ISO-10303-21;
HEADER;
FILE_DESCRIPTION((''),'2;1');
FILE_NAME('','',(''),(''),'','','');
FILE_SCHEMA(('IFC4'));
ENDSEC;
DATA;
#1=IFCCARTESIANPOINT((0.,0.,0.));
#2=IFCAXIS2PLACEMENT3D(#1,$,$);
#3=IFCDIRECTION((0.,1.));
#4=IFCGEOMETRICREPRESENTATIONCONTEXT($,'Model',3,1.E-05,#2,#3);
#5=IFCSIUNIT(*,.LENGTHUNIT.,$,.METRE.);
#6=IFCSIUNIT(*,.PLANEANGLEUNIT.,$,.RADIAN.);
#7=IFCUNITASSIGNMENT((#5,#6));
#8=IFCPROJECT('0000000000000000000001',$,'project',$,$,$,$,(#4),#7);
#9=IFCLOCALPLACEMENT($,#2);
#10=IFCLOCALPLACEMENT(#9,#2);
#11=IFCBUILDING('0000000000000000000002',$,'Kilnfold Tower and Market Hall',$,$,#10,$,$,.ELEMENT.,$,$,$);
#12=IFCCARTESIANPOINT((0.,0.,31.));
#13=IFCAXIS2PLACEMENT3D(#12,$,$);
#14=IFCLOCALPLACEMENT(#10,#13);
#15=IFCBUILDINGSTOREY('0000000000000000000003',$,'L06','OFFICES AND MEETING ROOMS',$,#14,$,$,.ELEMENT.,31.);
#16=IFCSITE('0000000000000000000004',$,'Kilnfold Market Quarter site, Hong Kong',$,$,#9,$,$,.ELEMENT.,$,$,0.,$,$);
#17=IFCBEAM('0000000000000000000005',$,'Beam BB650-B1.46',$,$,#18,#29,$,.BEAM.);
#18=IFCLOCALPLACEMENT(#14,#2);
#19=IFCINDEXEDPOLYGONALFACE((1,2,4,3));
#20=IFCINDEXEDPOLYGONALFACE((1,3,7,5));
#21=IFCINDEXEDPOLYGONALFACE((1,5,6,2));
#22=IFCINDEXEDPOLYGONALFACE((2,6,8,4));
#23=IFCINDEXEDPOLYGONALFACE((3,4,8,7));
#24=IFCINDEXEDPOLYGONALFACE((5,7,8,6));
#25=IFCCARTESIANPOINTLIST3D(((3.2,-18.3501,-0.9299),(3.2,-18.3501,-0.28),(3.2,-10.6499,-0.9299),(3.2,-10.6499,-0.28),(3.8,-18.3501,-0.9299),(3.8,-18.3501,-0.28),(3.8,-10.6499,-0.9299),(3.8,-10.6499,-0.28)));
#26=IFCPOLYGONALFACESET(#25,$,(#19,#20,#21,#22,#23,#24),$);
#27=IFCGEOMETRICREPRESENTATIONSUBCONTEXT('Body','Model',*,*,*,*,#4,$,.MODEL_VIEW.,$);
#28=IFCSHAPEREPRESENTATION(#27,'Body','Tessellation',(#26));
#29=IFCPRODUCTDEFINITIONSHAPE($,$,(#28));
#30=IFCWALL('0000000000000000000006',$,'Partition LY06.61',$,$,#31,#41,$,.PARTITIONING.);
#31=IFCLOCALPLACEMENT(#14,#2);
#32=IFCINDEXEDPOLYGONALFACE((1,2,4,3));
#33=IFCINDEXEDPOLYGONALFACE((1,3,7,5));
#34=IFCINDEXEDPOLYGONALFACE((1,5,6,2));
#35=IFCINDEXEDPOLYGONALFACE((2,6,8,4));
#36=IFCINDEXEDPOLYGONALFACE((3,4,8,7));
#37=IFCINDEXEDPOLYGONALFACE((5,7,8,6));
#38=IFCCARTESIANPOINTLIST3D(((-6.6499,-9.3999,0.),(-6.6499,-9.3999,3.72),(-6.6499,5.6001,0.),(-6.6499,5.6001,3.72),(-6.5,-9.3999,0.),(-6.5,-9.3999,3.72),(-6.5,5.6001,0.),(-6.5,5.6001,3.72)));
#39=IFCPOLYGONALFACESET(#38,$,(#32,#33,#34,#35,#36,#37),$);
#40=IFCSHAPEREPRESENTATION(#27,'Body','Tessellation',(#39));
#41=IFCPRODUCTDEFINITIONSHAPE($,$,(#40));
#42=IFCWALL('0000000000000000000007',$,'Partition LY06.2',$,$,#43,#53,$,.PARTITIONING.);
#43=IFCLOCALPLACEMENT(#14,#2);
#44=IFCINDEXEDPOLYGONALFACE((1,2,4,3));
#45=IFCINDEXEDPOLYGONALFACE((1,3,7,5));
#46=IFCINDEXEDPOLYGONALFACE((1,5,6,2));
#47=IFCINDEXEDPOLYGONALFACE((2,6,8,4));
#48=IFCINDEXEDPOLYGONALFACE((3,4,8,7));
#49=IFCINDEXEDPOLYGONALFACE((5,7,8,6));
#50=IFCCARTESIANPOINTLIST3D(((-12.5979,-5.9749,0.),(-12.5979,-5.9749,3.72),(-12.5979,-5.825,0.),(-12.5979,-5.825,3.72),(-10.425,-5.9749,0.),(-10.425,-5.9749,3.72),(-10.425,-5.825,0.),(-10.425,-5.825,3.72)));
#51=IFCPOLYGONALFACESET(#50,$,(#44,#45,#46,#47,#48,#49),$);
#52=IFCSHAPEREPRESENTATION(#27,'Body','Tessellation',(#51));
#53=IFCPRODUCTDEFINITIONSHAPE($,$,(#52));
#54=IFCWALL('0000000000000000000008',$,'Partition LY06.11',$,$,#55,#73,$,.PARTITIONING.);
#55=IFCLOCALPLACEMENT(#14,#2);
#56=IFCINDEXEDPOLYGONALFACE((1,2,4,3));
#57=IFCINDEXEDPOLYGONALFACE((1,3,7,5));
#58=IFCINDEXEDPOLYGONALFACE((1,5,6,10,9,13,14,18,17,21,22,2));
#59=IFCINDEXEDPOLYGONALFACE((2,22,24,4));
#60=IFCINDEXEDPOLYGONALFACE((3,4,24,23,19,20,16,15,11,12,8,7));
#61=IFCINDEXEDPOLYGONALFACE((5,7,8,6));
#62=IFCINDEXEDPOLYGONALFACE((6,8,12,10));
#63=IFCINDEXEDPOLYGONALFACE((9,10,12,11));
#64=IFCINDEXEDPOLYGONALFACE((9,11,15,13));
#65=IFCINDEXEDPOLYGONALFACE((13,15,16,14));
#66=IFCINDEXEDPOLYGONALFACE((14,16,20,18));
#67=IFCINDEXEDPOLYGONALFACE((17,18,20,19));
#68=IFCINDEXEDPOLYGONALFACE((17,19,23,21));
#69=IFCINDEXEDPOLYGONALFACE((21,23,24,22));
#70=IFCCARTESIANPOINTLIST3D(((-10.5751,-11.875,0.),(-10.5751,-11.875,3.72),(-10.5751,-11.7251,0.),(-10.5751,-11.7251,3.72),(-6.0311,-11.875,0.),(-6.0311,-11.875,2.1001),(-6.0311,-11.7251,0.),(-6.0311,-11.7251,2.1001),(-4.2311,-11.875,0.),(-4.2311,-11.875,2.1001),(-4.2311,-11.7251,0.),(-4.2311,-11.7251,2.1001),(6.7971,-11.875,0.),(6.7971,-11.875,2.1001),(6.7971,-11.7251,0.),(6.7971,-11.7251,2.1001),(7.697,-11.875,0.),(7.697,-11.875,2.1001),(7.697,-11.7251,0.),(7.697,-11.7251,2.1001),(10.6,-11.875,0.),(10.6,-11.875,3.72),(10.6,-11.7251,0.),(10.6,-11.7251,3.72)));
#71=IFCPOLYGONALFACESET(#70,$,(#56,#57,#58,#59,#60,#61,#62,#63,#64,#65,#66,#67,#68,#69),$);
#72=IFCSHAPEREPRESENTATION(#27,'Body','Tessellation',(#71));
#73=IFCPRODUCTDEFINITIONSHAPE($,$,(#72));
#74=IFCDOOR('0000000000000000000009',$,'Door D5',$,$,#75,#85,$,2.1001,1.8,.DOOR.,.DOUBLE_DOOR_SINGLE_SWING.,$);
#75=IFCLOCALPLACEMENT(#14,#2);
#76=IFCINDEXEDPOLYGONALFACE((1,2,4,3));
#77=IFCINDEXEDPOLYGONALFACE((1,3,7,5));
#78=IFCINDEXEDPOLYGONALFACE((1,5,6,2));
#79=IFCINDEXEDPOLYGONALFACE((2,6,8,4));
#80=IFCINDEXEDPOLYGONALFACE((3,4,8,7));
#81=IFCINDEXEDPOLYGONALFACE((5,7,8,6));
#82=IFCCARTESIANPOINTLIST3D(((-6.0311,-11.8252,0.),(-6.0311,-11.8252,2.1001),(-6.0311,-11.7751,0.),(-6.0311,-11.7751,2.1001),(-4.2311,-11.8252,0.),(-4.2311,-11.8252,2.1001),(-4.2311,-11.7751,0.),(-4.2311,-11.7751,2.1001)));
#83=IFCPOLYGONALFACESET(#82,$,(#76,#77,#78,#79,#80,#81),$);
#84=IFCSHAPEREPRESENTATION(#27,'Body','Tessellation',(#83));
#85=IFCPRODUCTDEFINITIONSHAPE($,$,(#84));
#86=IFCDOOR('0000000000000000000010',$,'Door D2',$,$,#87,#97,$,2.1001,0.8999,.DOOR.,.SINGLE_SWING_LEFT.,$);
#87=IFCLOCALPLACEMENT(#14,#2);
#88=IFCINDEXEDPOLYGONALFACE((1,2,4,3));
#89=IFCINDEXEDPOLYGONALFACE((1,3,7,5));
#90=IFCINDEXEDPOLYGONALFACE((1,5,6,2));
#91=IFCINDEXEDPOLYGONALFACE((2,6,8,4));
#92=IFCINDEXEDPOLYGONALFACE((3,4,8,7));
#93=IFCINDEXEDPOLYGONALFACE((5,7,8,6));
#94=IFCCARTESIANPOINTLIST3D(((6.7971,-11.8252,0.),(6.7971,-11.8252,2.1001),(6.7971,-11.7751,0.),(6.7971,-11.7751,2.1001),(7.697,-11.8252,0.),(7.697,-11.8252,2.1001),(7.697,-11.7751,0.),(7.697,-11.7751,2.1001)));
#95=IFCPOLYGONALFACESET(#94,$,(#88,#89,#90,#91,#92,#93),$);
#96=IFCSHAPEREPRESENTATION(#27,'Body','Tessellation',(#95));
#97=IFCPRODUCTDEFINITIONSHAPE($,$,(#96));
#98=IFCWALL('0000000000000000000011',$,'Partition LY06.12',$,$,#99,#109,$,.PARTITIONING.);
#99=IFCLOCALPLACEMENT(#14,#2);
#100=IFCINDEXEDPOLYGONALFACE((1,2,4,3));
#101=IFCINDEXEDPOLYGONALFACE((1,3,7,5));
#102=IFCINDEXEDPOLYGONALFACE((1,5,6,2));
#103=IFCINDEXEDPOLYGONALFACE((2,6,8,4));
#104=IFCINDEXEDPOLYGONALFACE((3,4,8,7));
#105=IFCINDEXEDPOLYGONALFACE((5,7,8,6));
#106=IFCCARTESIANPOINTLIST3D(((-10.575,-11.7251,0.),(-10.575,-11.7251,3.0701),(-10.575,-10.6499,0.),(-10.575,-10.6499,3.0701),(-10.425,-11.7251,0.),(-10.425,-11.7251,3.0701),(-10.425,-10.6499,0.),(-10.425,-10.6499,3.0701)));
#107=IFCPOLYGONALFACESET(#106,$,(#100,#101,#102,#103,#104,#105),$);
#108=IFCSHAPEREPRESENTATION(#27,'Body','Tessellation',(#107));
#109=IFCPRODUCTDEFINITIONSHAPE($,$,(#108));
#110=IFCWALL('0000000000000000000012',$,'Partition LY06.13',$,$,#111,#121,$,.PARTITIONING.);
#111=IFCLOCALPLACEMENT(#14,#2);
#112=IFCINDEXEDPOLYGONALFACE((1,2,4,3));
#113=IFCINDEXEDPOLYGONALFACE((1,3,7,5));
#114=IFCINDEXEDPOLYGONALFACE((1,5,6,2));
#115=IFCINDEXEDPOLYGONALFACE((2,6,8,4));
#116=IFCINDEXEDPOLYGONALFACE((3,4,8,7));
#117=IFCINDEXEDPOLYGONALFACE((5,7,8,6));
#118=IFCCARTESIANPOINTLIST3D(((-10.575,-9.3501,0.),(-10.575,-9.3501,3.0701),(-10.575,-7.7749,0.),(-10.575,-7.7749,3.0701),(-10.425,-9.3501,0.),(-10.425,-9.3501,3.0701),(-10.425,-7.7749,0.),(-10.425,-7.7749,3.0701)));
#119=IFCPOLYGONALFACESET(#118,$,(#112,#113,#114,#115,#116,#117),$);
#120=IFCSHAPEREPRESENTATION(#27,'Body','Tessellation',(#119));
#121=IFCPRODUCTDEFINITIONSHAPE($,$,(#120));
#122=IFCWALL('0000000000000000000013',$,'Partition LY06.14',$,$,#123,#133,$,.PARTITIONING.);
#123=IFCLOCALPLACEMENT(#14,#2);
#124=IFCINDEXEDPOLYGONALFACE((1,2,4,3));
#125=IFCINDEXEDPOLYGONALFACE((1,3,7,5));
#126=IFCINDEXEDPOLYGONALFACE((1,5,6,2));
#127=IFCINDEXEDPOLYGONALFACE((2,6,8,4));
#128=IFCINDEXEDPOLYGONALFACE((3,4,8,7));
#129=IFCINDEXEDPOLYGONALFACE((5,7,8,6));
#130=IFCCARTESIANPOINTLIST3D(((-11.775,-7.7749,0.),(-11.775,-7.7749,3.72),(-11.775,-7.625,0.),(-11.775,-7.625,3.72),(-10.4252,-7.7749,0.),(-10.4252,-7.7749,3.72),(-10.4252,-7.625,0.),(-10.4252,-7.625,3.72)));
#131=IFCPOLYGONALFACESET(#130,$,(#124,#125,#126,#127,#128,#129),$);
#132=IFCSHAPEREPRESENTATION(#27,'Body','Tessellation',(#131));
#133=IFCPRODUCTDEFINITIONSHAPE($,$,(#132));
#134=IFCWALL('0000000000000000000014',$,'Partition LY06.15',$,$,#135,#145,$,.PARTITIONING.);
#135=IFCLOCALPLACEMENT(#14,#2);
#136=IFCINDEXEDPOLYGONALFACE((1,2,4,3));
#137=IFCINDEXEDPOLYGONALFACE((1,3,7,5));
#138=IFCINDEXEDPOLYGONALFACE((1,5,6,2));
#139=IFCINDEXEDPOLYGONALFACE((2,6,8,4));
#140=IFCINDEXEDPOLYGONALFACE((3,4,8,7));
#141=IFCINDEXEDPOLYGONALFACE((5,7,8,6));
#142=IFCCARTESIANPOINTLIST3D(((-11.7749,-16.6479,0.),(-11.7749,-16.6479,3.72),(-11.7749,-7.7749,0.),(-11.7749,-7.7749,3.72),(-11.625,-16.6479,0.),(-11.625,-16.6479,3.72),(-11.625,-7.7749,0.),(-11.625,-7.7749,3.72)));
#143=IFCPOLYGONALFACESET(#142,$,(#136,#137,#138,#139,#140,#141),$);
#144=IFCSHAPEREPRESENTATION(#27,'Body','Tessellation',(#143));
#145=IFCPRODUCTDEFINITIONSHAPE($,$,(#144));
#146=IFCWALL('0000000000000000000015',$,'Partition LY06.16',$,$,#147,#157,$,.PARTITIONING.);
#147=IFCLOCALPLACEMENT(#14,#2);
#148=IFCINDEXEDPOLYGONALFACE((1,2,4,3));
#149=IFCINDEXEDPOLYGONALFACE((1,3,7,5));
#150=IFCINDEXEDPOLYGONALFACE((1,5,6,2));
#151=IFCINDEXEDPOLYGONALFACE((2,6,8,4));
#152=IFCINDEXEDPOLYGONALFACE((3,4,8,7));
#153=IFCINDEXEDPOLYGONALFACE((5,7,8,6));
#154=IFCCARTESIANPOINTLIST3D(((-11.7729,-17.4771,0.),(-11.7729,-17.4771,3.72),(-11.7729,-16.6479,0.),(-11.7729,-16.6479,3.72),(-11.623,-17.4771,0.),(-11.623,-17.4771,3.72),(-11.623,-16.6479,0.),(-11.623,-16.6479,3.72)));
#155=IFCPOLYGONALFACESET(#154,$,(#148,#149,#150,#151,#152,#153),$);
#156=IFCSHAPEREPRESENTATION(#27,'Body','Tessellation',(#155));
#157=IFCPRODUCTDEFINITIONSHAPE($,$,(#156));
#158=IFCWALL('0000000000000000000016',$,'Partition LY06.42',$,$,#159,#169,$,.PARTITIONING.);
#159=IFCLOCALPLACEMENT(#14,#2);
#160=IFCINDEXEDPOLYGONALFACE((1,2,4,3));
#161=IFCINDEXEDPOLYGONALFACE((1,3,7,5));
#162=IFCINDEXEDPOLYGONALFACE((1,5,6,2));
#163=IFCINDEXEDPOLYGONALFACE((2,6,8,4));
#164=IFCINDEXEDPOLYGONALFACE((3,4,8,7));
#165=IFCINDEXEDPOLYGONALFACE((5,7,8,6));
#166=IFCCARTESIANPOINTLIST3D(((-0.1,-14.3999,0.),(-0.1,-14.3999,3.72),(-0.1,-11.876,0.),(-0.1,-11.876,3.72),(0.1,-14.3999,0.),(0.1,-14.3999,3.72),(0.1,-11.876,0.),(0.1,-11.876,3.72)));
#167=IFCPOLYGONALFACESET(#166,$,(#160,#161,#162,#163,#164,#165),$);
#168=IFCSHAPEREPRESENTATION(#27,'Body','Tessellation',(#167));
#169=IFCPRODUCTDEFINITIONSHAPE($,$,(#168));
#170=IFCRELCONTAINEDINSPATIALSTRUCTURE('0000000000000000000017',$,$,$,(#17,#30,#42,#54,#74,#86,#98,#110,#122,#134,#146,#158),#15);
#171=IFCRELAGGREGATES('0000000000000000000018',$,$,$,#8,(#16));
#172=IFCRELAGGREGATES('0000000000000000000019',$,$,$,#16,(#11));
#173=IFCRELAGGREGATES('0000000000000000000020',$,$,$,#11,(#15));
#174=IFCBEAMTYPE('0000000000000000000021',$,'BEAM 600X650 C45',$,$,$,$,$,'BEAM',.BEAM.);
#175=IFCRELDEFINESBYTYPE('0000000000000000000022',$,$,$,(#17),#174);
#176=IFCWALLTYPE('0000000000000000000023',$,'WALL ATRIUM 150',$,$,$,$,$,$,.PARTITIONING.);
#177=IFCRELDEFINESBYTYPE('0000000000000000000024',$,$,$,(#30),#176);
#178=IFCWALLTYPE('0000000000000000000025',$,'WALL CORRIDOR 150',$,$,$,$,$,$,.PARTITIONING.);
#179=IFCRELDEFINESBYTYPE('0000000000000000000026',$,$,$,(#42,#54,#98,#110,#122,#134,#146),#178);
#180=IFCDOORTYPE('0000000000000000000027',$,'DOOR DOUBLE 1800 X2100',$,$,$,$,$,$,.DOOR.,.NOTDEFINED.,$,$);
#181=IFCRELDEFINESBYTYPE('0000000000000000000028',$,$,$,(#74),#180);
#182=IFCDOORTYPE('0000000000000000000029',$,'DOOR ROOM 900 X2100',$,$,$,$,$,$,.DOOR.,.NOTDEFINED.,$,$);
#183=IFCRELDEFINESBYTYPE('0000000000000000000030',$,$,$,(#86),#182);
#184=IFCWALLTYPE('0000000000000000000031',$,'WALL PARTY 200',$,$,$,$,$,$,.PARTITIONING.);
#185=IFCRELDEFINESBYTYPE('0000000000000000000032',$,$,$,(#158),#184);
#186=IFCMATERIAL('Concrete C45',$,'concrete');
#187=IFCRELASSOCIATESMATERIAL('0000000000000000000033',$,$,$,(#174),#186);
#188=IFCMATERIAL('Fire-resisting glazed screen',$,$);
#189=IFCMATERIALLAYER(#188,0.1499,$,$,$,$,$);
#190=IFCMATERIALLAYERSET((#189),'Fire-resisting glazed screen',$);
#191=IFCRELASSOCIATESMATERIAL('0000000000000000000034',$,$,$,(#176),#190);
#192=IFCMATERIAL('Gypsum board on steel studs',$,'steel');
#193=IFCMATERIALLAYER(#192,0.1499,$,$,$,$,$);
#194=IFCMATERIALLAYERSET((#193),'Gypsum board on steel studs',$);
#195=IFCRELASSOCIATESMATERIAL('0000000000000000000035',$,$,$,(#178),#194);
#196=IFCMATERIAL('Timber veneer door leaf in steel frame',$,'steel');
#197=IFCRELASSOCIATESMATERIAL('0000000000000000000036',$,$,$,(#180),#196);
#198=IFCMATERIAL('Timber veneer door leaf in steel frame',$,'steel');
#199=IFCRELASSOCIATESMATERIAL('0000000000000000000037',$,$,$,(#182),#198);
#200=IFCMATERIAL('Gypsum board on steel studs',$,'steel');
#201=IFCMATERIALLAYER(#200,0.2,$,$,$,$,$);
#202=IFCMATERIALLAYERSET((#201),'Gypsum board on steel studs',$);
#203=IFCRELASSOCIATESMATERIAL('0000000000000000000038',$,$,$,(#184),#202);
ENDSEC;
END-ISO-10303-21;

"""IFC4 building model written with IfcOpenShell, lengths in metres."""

from ifc_helpers import new_model, si_unit, direction, frame, frame_2d, origin, origin_2d, place, context, subcontext, project, spatial, rectangle, extrude, source, transform, mapped, material, layer, layer_set, material_profile, profile_set, type_object, element, fill, save


model = new_model("IFC4")

# Units and contexts
model_context = context("Model", 3, precision=1e-05, world=origin(), true_north=direction((0.0, 1.0)))
body_context = subcontext(model_context, "Body", "Model", "MODEL_VIEW")
ifc_project = project(units=[si_unit("LENGTHUNIT", "METRE"), si_unit("PLANEANGLEUNIT", "RADIAN")], contexts=[model_context])

# Site, building, storey
site_placement = place(None, origin())
site = spatial("IfcSite", under=ifc_project, at=site_placement, Name="Kilnfold Market Quarter site, Hong Kong", CompositionType="ELEMENT", RefElevation=0.0)
building_placement = place(site_placement, origin())
building = spatial("IfcBuilding", under=site, at=building_placement, Name="Kilnfold Tower and Market Hall", CompositionType="ELEMENT")
storey_placement = place(building_placement, frame((0.0, 0.0, 31.0)))
storey = spatial("IfcBuildingStorey", under=building, at=storey_placement, Name="L06", Description="OFFICES AND MEETING ROOMS", CompositionType="ELEMENT", Elevation=31.0)

# Beam
ifc_material_1 = material(Name="Concrete C45", Category="concrete")
ifc_material_profile_1 = material_profile(ifc_material_1, rectangle(XDim=0.6001, YDim=0.6499, at=origin_2d()), Name="RC 600x650")
ifc_profile_set_1 = profile_set([ifc_material_profile_1], Name="Concrete C45")
beam_type_1 = type_object("IfcBeamType", Name="BEAM 600X650 C45", ElementType="BEAM", PredefinedType="BEAM", material=ifc_profile_set_1)
shared_shape_1 = source(origin(), body_context, "Body", "SweptSolid", [
    extrude(rectangle(XDim=0.6001, YDim=0.6499, at=origin_2d()), origin(), (0.0, 0.0, 1.0), 7.7002),
])
for number, where, z_axis, x_axis, name in (
    (1, (3.5, -18.3501, -0.605), (0.0, 1.0, 0.0), (-1.0, 0.0, 0.0), "Beam BB650-B1.46"),
):
    element("IfcBeam", number, at=place(storey_placement, frame(where, z_axis=z_axis, x_axis=x_axis)), inside=storey, type_object=beam_type_1, Name=name, PredefinedType="BEAM", context=body_context, shape_type="MappedRepresentation", body=[
        mapped(shared_shape_1, transform((0.0, 0.0, 0.0))),
    ])

# Walls
ifc_material_2 = material(Name="Fire-resisting glazed screen")
ifc_layer_1 = layer(ifc_material_2, 0.1499)
ifc_layer_set_1 = layer_set([ifc_layer_1], Name="Fire-resisting glazed screen")
wall_type_1 = type_object("IfcWallType", Name="WALL ATRIUM 150", PredefinedType="PARTITIONING", material=ifc_layer_set_1)
wall_1_placement = place(storey_placement, frame((-6.575, -9.3999, 0.0), z_axis=(0.0, 0.0, 1.0), x_axis=(0.0, 1.0, 0.0)))
element("IfcWall", 2, at=wall_1_placement, inside=storey, type_object=wall_type_1, Name="Partition LY06.61", PredefinedType="PARTITIONING", context=body_context, shape_type="SweptSolid", body=[
    extrude(rectangle(XDim=15.0, YDim=0.1499, at=frame_2d((7.5, 0.0))), origin(), (0.0, 0.0, 1.0), 3.72),
])
ifc_material_3 = material(Name="Gypsum board on steel studs", Category="steel")
ifc_layer_2 = layer(ifc_material_3, 0.1499)
ifc_layer_set_2 = layer_set([ifc_layer_2], Name="Gypsum board on steel studs")
wall_type_2 = type_object("IfcWallType", Name="WALL CORRIDOR 150", PredefinedType="PARTITIONING", material=ifc_layer_set_2)
wall_2_placement = place(storey_placement, frame((-10.425, -5.8999, 0.0), z_axis=(0.0, 0.0, 1.0), x_axis=(-1.0, 0.0, 0.0)))
element("IfcWall", 3, at=wall_2_placement, inside=storey, type_object=wall_type_2, Name="Partition LY06.2", PredefinedType="PARTITIONING", context=body_context, shape_type="SweptSolid", body=[
    extrude(rectangle(XDim=2.1729, YDim=0.1499, at=frame_2d((1.0864, 0.0))), origin(), (0.0, 0.0, 1.0), 3.72),
])

# Wall, openings, doors
wall_3_placement = place(storey_placement, frame((-10.575, -11.8, 0.0), z_axis=(0.0, 0.0, 1.0), x_axis=(1.0, 0.0, 0.0)))
wall_3 = element("IfcWall", 4, at=wall_3_placement, inside=storey, type_object=wall_type_2, Name="Partition LY06.11", PredefinedType="PARTITIONING", context=body_context, shape_type="SweptSolid", body=[
    extrude(rectangle(XDim=21.175, YDim=0.1499, at=frame_2d((10.5874, 0.0))), origin(), (0.0, 0.0, 1.0), 3.72),
])
opening_1_placement = place(wall_3_placement, frame((4.5439, 0.0, 0.0)))
opening_1 = element("IfcOpeningElement", 5, at=opening_1_placement, cuts=wall_3, PredefinedType="OPENING", context=body_context, shape_type="SweptSolid", body=[
    extrude(rectangle(XDim=1.8, YDim=2.1001, at=frame_2d((0.8999, 1.05))), frame((0.0, 0.085, 0.0), z_axis=(0.0, -1.0, 0.0), x_axis=(1.0, 0.0, 0.0)), (0.0, 0.0, 1.0), 0.1699),
])
opening_2_placement = place(wall_3_placement, frame((17.3721, 0.0, 0.0)))
opening_2 = element("IfcOpeningElement", 6, at=opening_2_placement, cuts=wall_3, PredefinedType="OPENING", context=body_context, shape_type="SweptSolid", body=[
    extrude(rectangle(XDim=0.8999, YDim=2.1001, at=frame_2d((0.45, 1.05))), frame((0.0, 0.085, 0.0), z_axis=(0.0, -1.0, 0.0), x_axis=(1.0, 0.0, 0.0)), (0.0, 0.0, 1.0), 0.1699),
])
ifc_material_4 = material(Name="Timber veneer door leaf in steel frame", Category="steel")
door_type_1 = type_object("IfcDoorType", Name="DOOR DOUBLE 1800 X2100", OperationType="NOTDEFINED", PredefinedType="DOOR", material=ifc_material_4)
door_1_placement = place(opening_1_placement, origin())
door_1 = element("IfcDoor", 7, at=door_1_placement, inside=storey, type_object=door_type_1, Name="Door D5", OperationType="DOUBLE_DOOR_SINGLE_SWING", OverallHeight=2.1001, OverallWidth=1.8, PredefinedType="DOOR", context=body_context, shape_type="SweptSolid", body=[
    extrude(rectangle(XDim=1.8, YDim=2.1001, at=frame_2d((0.8999, 1.05))), frame((0.0, 0.0249, 0.0), z_axis=(0.0, -1.0, 0.0), x_axis=(1.0, 0.0, 0.0)), (0.0, 0.0, 1.0), 0.05),
])
fill(opening_1, door_1)
ifc_material_5 = material(Name="Timber veneer door leaf in steel frame", Category="steel")
door_type_2 = type_object("IfcDoorType", Name="DOOR ROOM 900 X2100", OperationType="NOTDEFINED", PredefinedType="DOOR", material=ifc_material_5)
door_2_placement = place(opening_2_placement, origin())
door_2 = element("IfcDoor", 8, at=door_2_placement, inside=storey, type_object=door_type_2, Name="Door D2", OperationType="SINGLE_SWING_LEFT", OverallHeight=2.1001, OverallWidth=0.8999, PredefinedType="DOOR", context=body_context, shape_type="SweptSolid", body=[
    extrude(rectangle(XDim=0.8999, YDim=2.1001, at=frame_2d((0.45, 1.05))), frame((0.0, 0.0249, 0.0), z_axis=(0.0, -1.0, 0.0), x_axis=(1.0, 0.0, 0.0)), (0.0, 0.0, 1.0), 0.05),
])
fill(opening_2, door_2)

# Walls
wall_4_placement = place(storey_placement, frame((-10.5, -11.7251, 0.0), z_axis=(0.0, 0.0, 1.0), x_axis=(0.0, 1.0, 0.0)))
element("IfcWall", 9, at=wall_4_placement, inside=storey, type_object=wall_type_2, Name="Partition LY06.12", PredefinedType="PARTITIONING", context=body_context, shape_type="SweptSolid", body=[
    extrude(rectangle(XDim=1.0752, YDim=0.1499, at=frame_2d((0.5376, 0.0))), origin(), (0.0, 0.0, 1.0), 3.0701),
])
wall_5_placement = place(storey_placement, frame((-10.5, -9.3501, 0.0), z_axis=(0.0, 0.0, 1.0), x_axis=(0.0, 1.0, 0.0)))
element("IfcWall", 10, at=wall_5_placement, inside=storey, type_object=wall_type_2, Name="Partition LY06.13", PredefinedType="PARTITIONING", context=body_context, shape_type="SweptSolid", body=[
    extrude(rectangle(XDim=1.5752, YDim=0.1499, at=frame_2d((0.7876, 0.0))), origin(), (0.0, 0.0, 1.0), 3.0701),
])
wall_6_placement = place(storey_placement, frame((-11.7749, -7.7, 0.0), z_axis=(0.0, 0.0, 1.0), x_axis=(1.0, 0.0, 0.0)))
element("IfcWall", 11, at=wall_6_placement, inside=storey, type_object=wall_type_2, Name="Partition LY06.14", PredefinedType="PARTITIONING", context=body_context, shape_type="SweptSolid", body=[
    extrude(rectangle(XDim=1.3499, YDim=0.1499, at=frame_2d((0.6748, 0.0))), origin(), (0.0, 0.0, 1.0), 3.72),
])
wall_7_placement = place(storey_placement, frame((-11.7, -16.6479, 0.0), z_axis=(0.0, 0.0, 1.0), x_axis=(0.0, 1.0, 0.0)))
element("IfcWall", 12, at=wall_7_placement, inside=storey, type_object=wall_type_2, Name="Partition LY06.15", PredefinedType="PARTITIONING", context=body_context, shape_type="SweptSolid", body=[
    extrude(rectangle(XDim=8.873, YDim=0.1499, at=frame_2d((4.4365, 0.0))), origin(), (0.0, 0.0, 1.0), 3.72),
])
wall_8_placement = place(storey_placement, frame((-11.698, -17.4771, 0.0), z_axis=(0.0, 0.0, 1.0), x_axis=(0.0, 1.0, 0.0)))
element("IfcWall", 13, at=wall_8_placement, inside=storey, type_object=wall_type_2, Name="Partition LY06.16", PredefinedType="PARTITIONING", context=body_context, shape_type="SweptSolid", body=[
    extrude(rectangle(XDim=0.8291, YDim=0.1499, at=frame_2d((0.4146, 0.0))), origin(), (0.0, 0.0, 1.0), 3.72),
])
ifc_material_6 = material(Name="Gypsum board on steel studs", Category="steel")
ifc_layer_3 = layer(ifc_material_6, 0.2)
ifc_layer_set_3 = layer_set([ifc_layer_3], Name="Gypsum board on steel studs")
wall_type_3 = type_object("IfcWallType", Name="WALL PARTY 200", PredefinedType="PARTITIONING", material=ifc_layer_set_3)
wall_9_placement = place(storey_placement, frame((0.0, -14.3999, 0.0), z_axis=(0.0, 0.0, 1.0), x_axis=(0.0, 1.0, 0.0)))
element("IfcWall", 14, at=wall_9_placement, inside=storey, type_object=wall_type_3, Name="Partition LY06.42", PredefinedType="PARTITIONING", context=body_context, shape_type="SweptSolid", body=[
    extrude(rectangle(XDim=2.5239, YDim=0.2, at=frame_2d((1.262, 0.0))), origin(), (0.0, 0.0, 1.0), 3.72),
])

save(model, "model.ifc")
